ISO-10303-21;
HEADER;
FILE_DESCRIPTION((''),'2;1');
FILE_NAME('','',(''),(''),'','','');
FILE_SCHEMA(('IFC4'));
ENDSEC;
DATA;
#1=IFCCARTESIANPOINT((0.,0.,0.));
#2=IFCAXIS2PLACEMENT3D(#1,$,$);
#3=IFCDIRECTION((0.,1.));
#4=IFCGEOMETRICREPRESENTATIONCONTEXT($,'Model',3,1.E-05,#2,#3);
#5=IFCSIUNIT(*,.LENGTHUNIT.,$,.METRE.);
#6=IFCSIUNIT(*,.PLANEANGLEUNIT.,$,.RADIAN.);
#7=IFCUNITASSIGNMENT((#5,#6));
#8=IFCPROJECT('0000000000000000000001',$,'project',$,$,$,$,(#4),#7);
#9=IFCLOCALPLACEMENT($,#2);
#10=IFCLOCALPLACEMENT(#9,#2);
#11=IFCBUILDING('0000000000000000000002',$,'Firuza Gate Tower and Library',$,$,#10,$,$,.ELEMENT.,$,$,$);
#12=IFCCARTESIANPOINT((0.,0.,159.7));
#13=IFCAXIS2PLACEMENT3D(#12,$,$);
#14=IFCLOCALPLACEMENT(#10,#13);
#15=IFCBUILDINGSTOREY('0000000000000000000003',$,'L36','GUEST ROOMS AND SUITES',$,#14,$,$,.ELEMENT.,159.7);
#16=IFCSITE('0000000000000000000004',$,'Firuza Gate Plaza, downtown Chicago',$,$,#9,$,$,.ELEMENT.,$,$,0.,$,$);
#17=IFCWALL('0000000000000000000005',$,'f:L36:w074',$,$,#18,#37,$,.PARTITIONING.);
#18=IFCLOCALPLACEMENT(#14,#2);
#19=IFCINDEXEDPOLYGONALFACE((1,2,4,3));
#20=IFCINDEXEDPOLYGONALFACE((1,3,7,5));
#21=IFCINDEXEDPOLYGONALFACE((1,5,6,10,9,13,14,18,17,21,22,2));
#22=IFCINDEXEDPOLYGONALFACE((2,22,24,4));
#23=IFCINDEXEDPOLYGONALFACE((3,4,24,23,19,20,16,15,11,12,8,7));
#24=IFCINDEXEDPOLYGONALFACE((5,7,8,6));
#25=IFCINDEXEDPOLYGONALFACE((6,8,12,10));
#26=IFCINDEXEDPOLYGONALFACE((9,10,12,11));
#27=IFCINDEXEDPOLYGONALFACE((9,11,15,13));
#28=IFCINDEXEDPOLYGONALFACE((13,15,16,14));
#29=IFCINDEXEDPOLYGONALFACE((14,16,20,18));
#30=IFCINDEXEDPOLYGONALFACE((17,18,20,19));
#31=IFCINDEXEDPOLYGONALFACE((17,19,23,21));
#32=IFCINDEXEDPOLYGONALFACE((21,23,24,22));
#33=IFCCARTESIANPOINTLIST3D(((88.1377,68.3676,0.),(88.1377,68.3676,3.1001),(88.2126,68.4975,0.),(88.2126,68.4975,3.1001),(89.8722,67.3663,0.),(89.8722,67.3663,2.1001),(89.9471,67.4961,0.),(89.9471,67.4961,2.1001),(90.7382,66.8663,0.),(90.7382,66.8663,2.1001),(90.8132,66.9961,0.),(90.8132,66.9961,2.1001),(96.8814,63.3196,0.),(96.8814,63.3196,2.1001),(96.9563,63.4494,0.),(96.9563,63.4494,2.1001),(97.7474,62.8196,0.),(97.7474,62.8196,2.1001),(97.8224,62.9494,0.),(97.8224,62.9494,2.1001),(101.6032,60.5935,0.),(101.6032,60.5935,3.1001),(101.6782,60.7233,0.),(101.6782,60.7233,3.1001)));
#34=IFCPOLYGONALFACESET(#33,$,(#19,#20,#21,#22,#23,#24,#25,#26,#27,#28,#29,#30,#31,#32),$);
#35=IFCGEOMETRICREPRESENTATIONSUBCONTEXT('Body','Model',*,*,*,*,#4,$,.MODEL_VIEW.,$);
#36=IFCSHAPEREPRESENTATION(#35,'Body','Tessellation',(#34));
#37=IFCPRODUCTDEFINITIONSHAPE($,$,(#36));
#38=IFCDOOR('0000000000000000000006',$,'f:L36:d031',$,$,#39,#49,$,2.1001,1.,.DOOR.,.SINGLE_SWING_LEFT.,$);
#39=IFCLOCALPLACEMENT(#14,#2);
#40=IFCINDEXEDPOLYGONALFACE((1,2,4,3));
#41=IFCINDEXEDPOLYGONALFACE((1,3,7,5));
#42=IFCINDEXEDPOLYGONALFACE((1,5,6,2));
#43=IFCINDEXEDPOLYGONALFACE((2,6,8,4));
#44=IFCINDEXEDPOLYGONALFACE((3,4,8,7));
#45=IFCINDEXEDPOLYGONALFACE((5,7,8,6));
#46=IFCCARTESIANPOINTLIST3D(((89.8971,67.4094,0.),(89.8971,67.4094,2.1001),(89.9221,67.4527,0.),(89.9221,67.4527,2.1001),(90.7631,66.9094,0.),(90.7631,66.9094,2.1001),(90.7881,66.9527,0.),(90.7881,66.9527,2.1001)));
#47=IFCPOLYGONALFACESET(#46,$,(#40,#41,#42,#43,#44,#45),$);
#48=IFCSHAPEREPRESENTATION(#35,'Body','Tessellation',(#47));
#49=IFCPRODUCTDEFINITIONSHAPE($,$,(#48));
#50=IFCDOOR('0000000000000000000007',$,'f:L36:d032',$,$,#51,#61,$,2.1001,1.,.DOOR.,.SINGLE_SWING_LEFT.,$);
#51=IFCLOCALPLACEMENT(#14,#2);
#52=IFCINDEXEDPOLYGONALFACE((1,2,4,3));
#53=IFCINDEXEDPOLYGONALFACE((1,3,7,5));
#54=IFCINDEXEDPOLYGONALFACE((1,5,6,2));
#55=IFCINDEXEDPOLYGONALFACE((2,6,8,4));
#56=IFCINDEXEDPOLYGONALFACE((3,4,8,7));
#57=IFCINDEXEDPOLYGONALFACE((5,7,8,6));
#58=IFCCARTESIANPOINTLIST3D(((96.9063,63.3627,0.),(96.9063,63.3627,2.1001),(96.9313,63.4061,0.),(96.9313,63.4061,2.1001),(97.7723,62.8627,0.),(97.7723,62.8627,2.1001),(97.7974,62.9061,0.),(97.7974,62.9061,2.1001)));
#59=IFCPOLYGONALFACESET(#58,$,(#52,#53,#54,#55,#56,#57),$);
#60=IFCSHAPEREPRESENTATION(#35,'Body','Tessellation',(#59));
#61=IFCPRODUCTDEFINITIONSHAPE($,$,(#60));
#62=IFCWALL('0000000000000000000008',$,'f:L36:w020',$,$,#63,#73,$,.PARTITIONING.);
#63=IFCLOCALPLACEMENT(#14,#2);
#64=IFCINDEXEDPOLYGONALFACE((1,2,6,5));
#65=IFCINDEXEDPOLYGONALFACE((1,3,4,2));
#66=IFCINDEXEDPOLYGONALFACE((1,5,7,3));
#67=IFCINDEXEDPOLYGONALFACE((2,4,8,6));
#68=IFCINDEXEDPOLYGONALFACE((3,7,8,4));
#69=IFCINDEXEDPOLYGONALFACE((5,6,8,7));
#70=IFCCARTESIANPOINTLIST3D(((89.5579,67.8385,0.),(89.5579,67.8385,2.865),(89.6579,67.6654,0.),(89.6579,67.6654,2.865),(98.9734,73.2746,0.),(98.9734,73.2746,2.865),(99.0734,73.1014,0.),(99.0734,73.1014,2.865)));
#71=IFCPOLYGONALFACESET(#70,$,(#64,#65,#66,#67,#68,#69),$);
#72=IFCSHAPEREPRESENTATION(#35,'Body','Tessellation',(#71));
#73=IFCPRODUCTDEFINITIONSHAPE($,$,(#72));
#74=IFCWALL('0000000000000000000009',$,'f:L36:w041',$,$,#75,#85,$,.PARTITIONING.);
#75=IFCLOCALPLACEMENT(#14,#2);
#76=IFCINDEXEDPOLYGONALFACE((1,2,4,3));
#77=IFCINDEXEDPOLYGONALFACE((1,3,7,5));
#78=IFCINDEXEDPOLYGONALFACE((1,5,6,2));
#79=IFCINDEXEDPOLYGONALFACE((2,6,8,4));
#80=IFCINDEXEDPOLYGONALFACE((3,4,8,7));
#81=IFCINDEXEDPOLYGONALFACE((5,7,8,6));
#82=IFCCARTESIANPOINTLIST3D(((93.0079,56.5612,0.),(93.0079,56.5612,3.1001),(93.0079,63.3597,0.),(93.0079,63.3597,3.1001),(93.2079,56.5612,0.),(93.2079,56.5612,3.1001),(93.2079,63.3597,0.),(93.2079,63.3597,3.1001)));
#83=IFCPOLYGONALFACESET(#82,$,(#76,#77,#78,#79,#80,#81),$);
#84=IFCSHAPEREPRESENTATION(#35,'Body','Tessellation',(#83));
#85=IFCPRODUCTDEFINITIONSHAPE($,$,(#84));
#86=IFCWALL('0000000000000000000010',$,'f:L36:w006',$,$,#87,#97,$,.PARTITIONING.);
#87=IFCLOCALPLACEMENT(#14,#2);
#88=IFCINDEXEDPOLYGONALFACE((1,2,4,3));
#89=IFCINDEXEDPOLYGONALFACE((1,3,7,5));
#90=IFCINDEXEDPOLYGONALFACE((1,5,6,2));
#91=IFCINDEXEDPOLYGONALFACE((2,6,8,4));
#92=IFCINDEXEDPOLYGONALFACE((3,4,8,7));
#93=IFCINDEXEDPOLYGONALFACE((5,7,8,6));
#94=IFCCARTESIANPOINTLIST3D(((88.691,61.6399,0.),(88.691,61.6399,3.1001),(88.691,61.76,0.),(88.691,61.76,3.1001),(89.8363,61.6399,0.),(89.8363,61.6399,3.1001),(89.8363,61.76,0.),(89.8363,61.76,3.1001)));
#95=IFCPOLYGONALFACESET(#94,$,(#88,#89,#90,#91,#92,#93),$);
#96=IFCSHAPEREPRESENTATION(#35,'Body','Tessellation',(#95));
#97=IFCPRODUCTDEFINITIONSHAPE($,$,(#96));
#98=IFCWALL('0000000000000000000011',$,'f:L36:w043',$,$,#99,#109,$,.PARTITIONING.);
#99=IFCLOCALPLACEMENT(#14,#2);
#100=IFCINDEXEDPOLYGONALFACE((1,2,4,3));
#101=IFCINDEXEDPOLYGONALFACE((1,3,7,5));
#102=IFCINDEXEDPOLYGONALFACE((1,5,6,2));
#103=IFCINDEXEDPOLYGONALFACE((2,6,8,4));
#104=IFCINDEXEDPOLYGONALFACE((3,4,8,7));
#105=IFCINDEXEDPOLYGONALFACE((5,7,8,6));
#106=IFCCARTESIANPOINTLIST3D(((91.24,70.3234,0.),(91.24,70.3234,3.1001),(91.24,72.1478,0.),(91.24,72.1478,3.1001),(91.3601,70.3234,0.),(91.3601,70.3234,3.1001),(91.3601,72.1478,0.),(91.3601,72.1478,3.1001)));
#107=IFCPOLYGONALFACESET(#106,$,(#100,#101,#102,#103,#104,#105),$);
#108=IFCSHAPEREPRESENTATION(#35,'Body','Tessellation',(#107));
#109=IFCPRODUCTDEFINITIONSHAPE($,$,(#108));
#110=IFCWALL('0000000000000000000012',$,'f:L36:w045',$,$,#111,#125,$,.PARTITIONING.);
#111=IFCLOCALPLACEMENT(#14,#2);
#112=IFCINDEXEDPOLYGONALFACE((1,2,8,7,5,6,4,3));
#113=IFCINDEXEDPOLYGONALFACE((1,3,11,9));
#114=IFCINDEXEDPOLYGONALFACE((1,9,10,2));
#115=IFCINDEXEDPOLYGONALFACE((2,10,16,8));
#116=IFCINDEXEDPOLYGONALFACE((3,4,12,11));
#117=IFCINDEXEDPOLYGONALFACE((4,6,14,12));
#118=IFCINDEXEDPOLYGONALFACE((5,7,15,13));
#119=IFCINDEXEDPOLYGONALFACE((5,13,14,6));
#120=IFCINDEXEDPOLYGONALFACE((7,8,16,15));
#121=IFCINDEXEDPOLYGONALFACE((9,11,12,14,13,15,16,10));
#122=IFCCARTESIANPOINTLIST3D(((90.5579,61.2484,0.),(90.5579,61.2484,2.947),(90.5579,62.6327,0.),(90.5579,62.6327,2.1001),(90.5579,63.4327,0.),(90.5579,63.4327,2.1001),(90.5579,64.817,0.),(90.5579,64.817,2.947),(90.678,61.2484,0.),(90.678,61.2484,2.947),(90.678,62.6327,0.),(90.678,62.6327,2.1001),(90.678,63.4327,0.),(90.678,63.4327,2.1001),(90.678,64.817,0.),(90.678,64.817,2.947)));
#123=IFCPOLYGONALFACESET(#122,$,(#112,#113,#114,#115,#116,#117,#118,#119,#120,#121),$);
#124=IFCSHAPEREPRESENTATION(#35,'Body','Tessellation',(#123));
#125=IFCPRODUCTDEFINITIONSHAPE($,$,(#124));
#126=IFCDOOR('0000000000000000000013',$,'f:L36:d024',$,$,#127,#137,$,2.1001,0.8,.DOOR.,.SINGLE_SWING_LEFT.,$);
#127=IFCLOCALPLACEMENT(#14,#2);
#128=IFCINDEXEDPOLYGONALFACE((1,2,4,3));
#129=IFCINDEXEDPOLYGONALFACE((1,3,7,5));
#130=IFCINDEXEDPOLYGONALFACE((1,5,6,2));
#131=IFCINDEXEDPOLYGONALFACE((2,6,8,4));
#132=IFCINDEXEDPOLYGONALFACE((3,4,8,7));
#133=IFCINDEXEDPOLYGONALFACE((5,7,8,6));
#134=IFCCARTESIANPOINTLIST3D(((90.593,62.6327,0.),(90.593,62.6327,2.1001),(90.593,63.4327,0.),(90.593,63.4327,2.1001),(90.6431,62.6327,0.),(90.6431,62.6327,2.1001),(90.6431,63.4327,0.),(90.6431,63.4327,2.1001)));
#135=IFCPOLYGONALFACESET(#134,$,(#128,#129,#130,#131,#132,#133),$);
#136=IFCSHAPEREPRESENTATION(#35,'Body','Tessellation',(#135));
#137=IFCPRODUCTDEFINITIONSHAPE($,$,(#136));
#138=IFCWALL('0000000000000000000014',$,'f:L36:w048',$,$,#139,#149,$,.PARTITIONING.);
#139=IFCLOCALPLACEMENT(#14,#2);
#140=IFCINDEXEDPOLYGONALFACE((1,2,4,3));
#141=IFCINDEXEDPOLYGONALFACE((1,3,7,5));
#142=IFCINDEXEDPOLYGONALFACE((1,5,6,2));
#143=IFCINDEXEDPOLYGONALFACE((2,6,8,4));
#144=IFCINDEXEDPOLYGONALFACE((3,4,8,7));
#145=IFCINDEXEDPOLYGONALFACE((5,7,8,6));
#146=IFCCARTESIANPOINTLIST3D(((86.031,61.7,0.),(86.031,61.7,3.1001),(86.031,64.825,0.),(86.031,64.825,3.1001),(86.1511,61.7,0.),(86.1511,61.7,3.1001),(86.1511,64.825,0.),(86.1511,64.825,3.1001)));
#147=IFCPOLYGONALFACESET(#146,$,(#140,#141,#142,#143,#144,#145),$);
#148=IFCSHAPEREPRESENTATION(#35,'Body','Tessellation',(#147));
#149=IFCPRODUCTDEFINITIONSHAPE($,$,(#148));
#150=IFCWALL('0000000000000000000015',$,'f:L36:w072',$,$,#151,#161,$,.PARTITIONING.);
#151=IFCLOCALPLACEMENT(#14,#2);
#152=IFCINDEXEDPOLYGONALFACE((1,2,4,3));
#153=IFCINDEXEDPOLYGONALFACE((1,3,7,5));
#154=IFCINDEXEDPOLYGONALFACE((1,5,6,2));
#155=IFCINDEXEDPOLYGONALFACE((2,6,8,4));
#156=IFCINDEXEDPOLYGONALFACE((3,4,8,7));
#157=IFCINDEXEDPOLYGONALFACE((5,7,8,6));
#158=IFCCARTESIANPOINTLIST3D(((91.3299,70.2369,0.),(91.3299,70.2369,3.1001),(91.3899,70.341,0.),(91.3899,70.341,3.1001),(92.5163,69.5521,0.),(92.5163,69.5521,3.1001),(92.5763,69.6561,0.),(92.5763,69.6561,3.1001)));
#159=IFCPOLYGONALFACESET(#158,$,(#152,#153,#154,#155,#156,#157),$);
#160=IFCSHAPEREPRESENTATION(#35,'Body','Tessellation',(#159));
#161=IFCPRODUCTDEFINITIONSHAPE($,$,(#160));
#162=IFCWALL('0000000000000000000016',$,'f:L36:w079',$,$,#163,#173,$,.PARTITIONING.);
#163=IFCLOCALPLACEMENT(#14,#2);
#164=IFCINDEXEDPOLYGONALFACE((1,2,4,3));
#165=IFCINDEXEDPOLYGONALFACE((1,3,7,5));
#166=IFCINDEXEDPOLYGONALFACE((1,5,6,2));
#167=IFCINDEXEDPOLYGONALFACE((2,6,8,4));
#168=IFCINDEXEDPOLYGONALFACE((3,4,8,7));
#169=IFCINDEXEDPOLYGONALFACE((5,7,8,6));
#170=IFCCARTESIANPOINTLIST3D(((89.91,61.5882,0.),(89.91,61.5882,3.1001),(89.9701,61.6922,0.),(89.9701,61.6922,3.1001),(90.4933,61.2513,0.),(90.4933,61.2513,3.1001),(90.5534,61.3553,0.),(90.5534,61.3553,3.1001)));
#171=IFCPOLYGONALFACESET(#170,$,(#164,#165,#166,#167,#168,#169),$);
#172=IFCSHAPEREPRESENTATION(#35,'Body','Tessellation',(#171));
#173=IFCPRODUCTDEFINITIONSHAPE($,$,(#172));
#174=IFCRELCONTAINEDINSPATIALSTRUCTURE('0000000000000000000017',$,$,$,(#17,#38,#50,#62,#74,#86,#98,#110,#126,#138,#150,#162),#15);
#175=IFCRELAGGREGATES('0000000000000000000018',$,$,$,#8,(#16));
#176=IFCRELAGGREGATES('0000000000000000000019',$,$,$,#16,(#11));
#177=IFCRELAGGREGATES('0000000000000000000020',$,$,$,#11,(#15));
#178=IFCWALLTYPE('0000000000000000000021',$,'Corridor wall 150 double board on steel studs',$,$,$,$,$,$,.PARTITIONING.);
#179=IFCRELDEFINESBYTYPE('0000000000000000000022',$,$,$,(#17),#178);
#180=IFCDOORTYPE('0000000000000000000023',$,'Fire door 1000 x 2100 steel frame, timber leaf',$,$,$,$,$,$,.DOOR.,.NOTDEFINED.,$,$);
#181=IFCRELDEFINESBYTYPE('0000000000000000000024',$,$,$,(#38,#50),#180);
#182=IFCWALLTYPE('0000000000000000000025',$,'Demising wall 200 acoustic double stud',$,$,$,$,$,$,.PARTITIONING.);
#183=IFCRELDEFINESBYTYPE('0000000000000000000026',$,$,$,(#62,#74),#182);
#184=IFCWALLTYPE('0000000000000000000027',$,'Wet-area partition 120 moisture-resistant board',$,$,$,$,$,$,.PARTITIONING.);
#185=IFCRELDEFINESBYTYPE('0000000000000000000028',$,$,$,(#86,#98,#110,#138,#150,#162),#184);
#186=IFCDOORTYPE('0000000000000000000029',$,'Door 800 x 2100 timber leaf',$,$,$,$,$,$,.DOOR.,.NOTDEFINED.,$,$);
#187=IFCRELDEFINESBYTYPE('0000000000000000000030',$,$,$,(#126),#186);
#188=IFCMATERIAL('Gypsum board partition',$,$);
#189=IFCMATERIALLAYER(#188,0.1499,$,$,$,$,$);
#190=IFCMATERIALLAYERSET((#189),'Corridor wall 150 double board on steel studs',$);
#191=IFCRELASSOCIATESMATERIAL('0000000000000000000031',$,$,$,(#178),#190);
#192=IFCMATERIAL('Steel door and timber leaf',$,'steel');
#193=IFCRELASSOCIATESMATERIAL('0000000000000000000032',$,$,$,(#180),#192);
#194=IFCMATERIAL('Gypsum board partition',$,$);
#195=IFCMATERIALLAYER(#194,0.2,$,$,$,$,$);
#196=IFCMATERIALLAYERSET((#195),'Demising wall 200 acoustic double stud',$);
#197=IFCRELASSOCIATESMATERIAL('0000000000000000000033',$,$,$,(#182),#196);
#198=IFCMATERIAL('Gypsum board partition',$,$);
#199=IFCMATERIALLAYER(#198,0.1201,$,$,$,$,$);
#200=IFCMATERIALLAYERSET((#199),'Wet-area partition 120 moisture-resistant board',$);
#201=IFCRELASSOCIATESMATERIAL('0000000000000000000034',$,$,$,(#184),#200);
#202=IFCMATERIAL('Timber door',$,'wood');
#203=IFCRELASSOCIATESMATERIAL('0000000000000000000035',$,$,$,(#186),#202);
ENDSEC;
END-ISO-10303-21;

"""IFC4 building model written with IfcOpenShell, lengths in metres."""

from ifc_helpers import new_model, si_unit, direction, frame, frame_2d, origin, place, context, subcontext, project, spatial, rectangle, extrude, material, layer, layer_set, type_object, element, fill, save


model = new_model("IFC4")

# Units and contexts
model_context = context("Model", 3, precision=1e-05, world=origin(), true_north=direction((0.0, 1.0)))
body_context = subcontext(model_context, "Body", "Model", "MODEL_VIEW")
ifc_project = project(units=[si_unit("LENGTHUNIT", "METRE"), si_unit("PLANEANGLEUNIT", "RADIAN")], contexts=[model_context])

# Site, building, storey
site_placement = place(None, origin())
site = spatial("IfcSite", under=ifc_project, at=site_placement, Name="Firuza Gate Plaza, downtown Chicago", CompositionType="ELEMENT", RefElevation=0.0)
building_placement = place(site_placement, origin())
building = spatial("IfcBuilding", under=site, at=building_placement, Name="Firuza Gate Tower and Library", CompositionType="ELEMENT")
storey_placement = place(building_placement, frame((0.0, 0.0, 159.7)))
storey = spatial("IfcBuildingStorey", under=building, at=storey_placement, Name="L36", Description="GUEST ROOMS AND SUITES", CompositionType="ELEMENT", Elevation=159.7)

# Shared definitions
ifc_material_1 = material(Name="Gypsum board partition")
ifc_layer_1 = layer(ifc_material_1, 0.1499)
ifc_layer_set_1 = layer_set([ifc_layer_1], Name="Corridor wall 150 double board on steel studs")
wall_type_1 = type_object("IfcWallType", Name="Corridor wall 150 double board on steel studs", PredefinedType="PARTITIONING", material=ifc_layer_set_1)
ifc_material_2 = material(Name="Steel door and timber leaf", Category="steel")
door_type_1 = type_object("IfcDoorType", Name="Fire door 1000 x 2100 steel frame, timber leaf", OperationType="NOTDEFINED", PredefinedType="DOOR", material=ifc_material_2)

# Wall, openings, doors
wall_1_placement = place(storey_placement, frame((88.175, 68.4326, 0.0), z_axis=(0.0, 0.0, 1.0), x_axis=(0.866031, -0.499991, 0.0)))
wall_1 = element("IfcWall", 1, at=wall_1_placement, inside=storey, type_object=wall_type_1, Name="f:L36:w074", PredefinedType="PARTITIONING", context=body_context, shape_type="SweptSolid", body=[
    extrude(rectangle(XDim=15.5486, YDim=0.1499, at=frame_2d((7.7744, 0.0))), origin(), (0.0, 0.0, 1.0), 3.1001),
])
opening_1_placement = place(wall_1_placement, frame((2.0029, 0.0, 0.0)))
opening_1 = element("IfcOpeningElement", 2, at=opening_1_placement, cuts=wall_1, PredefinedType="OPENING", context=body_context, shape_type="SweptSolid", body=[
    extrude(rectangle(XDim=1.0, YDim=2.1001, at=frame_2d((0.5, 1.05))), frame((0.0, 0.085, 0.0), z_axis=(0.0, -1.0, 0.0), x_axis=(1.0, 0.0, 0.0)), (0.0, 0.0, 1.0), 0.1699),
])
opening_2_placement = place(wall_1_placement, frame((10.0964, 0.0, 0.0)))
opening_2 = element("IfcOpeningElement", 3, at=opening_2_placement, cuts=wall_1, PredefinedType="OPENING", context=body_context, shape_type="SweptSolid", body=[
    extrude(rectangle(XDim=1.0, YDim=2.1001, at=frame_2d((0.5, 1.05))), frame((0.0, 0.085, 0.0), z_axis=(0.0, -1.0, 0.0), x_axis=(1.0, 0.0, 0.0)), (0.0, 0.0, 1.0), 0.1699),
])
door_1_placement = place(opening_1_placement, origin())
door_1 = element("IfcDoor", 4, at=door_1_placement, inside=storey, type_object=door_type_1, Name="f:L36:d031", OperationType="SINGLE_SWING_LEFT", OverallHeight=2.1001, OverallWidth=1.0, PredefinedType="DOOR", context=body_context, shape_type="SweptSolid", body=[
    extrude(rectangle(XDim=1.0, YDim=2.1001, at=frame_2d((0.5, 1.05))), frame((0.0, 0.0249, 0.0), z_axis=(0.0, -1.0, 0.0), x_axis=(1.0, 0.0, 0.0)), (0.0, 0.0, 1.0), 0.05),
])
fill(opening_1, door_1)
door_2_placement = place(opening_2_placement, origin())
door_2 = element("IfcDoor", 5, at=door_2_placement, inside=storey, type_object=door_type_1, Name="f:L36:d032", OperationType="SINGLE_SWING_LEFT", OverallHeight=2.1001, OverallWidth=1.0, PredefinedType="DOOR", context=body_context, shape_type="SweptSolid", body=[
    extrude(rectangle(XDim=1.0, YDim=2.1001, at=frame_2d((0.5, 1.05))), frame((0.0, 0.0249, 0.0), z_axis=(0.0, -1.0, 0.0), x_axis=(1.0, 0.0, 0.0)), (0.0, 0.0, 1.0), 0.05),
])
fill(opening_2, door_2)

# Walls
ifc_material_3 = material(Name="Gypsum board partition")
ifc_layer_2 = layer(ifc_material_3, 0.2)
ifc_layer_set_2 = layer_set([ifc_layer_2], Name="Demising wall 200 acoustic double stud")
wall_type_2 = type_object("IfcWallType", Name="Demising wall 200 acoustic double stud", PredefinedType="PARTITIONING", material=ifc_layer_set_2)
wall_2_placement = place(storey_placement, frame((89.6079, 67.752, 0.0), z_axis=(0.0, 0.0, 1.0), x_axis=(0.866026, 0.499998, 0.0)))
element("IfcWall", 6, at=wall_2_placement, inside=storey, type_object=wall_type_2, Name="f:L36:w020", PredefinedType="PARTITIONING", context=body_context, shape_type="SweptSolid", body=[
    extrude(rectangle(XDim=10.8721, YDim=0.2, at=frame_2d((5.436, 0.0))), origin(), (0.0, 0.0, 1.0), 2.865),
])
wall_3_placement = place(storey_placement, frame((93.1079, 56.561, 0.0), z_axis=(0.0, 0.0, 1.0), x_axis=(0.0, 1.0, 0.0)))
element("IfcWall", 7, at=wall_3_placement, inside=storey, type_object=wall_type_2, Name="f:L36:w041", PredefinedType="PARTITIONING", context=body_context, shape_type="SweptSolid", body=[
    extrude(rectangle(XDim=6.7986, YDim=0.2, at=frame_2d((3.3994, 0.0))), origin(), (0.0, 0.0, 1.0), 3.1001),
])
ifc_material_4 = material(Name="Gypsum board partition")
ifc_layer_3 = layer(ifc_material_4, 0.1201)
ifc_layer_set_3 = layer_set([ifc_layer_3], Name="Wet-area partition 120 moisture-resistant board")
wall_type_3 = type_object("IfcWallType", Name="Wet-area partition 120 moisture-resistant board", PredefinedType="PARTITIONING", material=ifc_layer_set_3)
wall_4_placement = place(storey_placement, frame((88.6909, 61.7, 0.0), z_axis=(0.0, 0.0, 1.0), x_axis=(1.0, 0.0, 0.0)))
element("IfcWall", 8, at=wall_4_placement, inside=storey, type_object=wall_type_3, Name="f:L36:w006", PredefinedType="PARTITIONING", context=body_context, shape_type="SweptSolid", body=[
    extrude(rectangle(XDim=1.1453, YDim=0.1201, at=frame_2d((0.5728, 0.0))), origin(), (0.0, 0.0, 1.0), 3.1001),
])
wall_5_placement = place(storey_placement, frame((91.3, 70.3235, 0.0), z_axis=(0.0, 0.0, 1.0), x_axis=(0.0, 1.0, 0.0)))
element("IfcWall", 9, at=wall_5_placement, inside=storey, type_object=wall_type_3, Name="f:L36:w043", PredefinedType="PARTITIONING", context=body_context, shape_type="SweptSolid", body=[
    extrude(rectangle(XDim=1.8245, YDim=0.1201, at=frame_2d((0.9121, 0.0))), origin(), (0.0, 0.0, 1.0), 3.1001),
])

# Wall, opening, door
wall_6_placement = place(storey_placement, frame((90.6179, 61.2485, 0.0), z_axis=(0.0, 0.0, 1.0), x_axis=(0.0, 1.0, 0.0)))
wall_6 = element("IfcWall", 10, at=wall_6_placement, inside=storey, type_object=wall_type_3, Name="f:L36:w045", PredefinedType="PARTITIONING", context=body_context, shape_type="SweptSolid", body=[
    extrude(rectangle(XDim=3.5686, YDim=0.1201, at=frame_2d((1.7842, 0.0))), origin(), (0.0, 0.0, 1.0), 2.947),
])
opening_3_placement = place(wall_6_placement, frame((1.3843, 0.0, 0.0)))
opening_3 = element("IfcOpeningElement", 11, at=opening_3_placement, cuts=wall_6, PredefinedType="OPENING", context=body_context, shape_type="SweptSolid", body=[
    extrude(rectangle(XDim=0.8, YDim=2.1001, at=frame_2d((0.3999, 1.05))), frame((0.0, 0.0701, 0.0), z_axis=(0.0, -1.0, 0.0), x_axis=(1.0, 0.0, 0.0)), (0.0, 0.0, 1.0), 0.1401),
])
ifc_material_5 = material(Name="Timber door", Category="wood")
door_type_2 = type_object("IfcDoorType", Name="Door 800 x 2100 timber leaf", OperationType="NOTDEFINED", PredefinedType="DOOR", material=ifc_material_5)
door_3_placement = place(opening_3_placement, origin())
door_3 = element("IfcDoor", 12, at=door_3_placement, inside=storey, type_object=door_type_2, Name="f:L36:d024", OperationType="SINGLE_SWING_LEFT", OverallHeight=2.1001, OverallWidth=0.8, PredefinedType="DOOR", context=body_context, shape_type="SweptSolid", body=[
    extrude(rectangle(XDim=0.8, YDim=2.1001, at=frame_2d((0.3999, 1.05))), frame((0.0, 0.0249, 0.0), z_axis=(0.0, -1.0, 0.0), x_axis=(1.0, 0.0, 0.0)), (0.0, 0.0, 1.0), 0.05),
])
fill(opening_3, door_3)

# Walls
wall_7_placement = place(storey_placement, frame((86.0911, 61.7, 0.0), z_axis=(0.0, 0.0, 1.0), x_axis=(0.0, 1.0, 0.0)))
element("IfcWall", 13, at=wall_7_placement, inside=storey, type_object=wall_type_3, Name="f:L36:w048", PredefinedType="PARTITIONING", context=body_context, shape_type="SweptSolid", body=[
    extrude(rectangle(XDim=3.125, YDim=0.1201, at=frame_2d((1.5625, 0.0))), origin(), (0.0, 0.0, 1.0), 3.1001),
])
wall_8_placement = place(storey_placement, frame((92.5464, 69.604, 0.0), z_axis=(0.0, 0.0, 1.0), x_axis=(-0.866052, 0.499954, 0.0)))
element("IfcWall", 14, at=wall_8_placement, inside=storey, type_object=wall_type_3, Name="f:L36:w072", PredefinedType="PARTITIONING", context=body_context, shape_type="SweptSolid", body=[
    extrude(rectangle(XDim=1.3699, YDim=0.1201, at=frame_2d((0.6851, 0.0))), origin(), (0.0, 0.0, 1.0), 3.1001),
])
wall_9_placement = place(storey_placement, frame((90.5234, 61.3032, 0.0), z_axis=(0.0, 0.0, 1.0), x_axis=(-0.865914, 0.500193, 0.0)))
element("IfcWall", 15, at=wall_9_placement, inside=storey, type_object=wall_type_3, Name="f:L36:w079", PredefinedType="PARTITIONING", context=body_context, shape_type="SweptSolid", body=[
    extrude(rectangle(XDim=0.6736, YDim=0.1201, at=frame_2d((0.3369, 0.0))), origin(), (0.0, 0.0, 1.0), 3.1001),
])

save(model, "model.ifc")
